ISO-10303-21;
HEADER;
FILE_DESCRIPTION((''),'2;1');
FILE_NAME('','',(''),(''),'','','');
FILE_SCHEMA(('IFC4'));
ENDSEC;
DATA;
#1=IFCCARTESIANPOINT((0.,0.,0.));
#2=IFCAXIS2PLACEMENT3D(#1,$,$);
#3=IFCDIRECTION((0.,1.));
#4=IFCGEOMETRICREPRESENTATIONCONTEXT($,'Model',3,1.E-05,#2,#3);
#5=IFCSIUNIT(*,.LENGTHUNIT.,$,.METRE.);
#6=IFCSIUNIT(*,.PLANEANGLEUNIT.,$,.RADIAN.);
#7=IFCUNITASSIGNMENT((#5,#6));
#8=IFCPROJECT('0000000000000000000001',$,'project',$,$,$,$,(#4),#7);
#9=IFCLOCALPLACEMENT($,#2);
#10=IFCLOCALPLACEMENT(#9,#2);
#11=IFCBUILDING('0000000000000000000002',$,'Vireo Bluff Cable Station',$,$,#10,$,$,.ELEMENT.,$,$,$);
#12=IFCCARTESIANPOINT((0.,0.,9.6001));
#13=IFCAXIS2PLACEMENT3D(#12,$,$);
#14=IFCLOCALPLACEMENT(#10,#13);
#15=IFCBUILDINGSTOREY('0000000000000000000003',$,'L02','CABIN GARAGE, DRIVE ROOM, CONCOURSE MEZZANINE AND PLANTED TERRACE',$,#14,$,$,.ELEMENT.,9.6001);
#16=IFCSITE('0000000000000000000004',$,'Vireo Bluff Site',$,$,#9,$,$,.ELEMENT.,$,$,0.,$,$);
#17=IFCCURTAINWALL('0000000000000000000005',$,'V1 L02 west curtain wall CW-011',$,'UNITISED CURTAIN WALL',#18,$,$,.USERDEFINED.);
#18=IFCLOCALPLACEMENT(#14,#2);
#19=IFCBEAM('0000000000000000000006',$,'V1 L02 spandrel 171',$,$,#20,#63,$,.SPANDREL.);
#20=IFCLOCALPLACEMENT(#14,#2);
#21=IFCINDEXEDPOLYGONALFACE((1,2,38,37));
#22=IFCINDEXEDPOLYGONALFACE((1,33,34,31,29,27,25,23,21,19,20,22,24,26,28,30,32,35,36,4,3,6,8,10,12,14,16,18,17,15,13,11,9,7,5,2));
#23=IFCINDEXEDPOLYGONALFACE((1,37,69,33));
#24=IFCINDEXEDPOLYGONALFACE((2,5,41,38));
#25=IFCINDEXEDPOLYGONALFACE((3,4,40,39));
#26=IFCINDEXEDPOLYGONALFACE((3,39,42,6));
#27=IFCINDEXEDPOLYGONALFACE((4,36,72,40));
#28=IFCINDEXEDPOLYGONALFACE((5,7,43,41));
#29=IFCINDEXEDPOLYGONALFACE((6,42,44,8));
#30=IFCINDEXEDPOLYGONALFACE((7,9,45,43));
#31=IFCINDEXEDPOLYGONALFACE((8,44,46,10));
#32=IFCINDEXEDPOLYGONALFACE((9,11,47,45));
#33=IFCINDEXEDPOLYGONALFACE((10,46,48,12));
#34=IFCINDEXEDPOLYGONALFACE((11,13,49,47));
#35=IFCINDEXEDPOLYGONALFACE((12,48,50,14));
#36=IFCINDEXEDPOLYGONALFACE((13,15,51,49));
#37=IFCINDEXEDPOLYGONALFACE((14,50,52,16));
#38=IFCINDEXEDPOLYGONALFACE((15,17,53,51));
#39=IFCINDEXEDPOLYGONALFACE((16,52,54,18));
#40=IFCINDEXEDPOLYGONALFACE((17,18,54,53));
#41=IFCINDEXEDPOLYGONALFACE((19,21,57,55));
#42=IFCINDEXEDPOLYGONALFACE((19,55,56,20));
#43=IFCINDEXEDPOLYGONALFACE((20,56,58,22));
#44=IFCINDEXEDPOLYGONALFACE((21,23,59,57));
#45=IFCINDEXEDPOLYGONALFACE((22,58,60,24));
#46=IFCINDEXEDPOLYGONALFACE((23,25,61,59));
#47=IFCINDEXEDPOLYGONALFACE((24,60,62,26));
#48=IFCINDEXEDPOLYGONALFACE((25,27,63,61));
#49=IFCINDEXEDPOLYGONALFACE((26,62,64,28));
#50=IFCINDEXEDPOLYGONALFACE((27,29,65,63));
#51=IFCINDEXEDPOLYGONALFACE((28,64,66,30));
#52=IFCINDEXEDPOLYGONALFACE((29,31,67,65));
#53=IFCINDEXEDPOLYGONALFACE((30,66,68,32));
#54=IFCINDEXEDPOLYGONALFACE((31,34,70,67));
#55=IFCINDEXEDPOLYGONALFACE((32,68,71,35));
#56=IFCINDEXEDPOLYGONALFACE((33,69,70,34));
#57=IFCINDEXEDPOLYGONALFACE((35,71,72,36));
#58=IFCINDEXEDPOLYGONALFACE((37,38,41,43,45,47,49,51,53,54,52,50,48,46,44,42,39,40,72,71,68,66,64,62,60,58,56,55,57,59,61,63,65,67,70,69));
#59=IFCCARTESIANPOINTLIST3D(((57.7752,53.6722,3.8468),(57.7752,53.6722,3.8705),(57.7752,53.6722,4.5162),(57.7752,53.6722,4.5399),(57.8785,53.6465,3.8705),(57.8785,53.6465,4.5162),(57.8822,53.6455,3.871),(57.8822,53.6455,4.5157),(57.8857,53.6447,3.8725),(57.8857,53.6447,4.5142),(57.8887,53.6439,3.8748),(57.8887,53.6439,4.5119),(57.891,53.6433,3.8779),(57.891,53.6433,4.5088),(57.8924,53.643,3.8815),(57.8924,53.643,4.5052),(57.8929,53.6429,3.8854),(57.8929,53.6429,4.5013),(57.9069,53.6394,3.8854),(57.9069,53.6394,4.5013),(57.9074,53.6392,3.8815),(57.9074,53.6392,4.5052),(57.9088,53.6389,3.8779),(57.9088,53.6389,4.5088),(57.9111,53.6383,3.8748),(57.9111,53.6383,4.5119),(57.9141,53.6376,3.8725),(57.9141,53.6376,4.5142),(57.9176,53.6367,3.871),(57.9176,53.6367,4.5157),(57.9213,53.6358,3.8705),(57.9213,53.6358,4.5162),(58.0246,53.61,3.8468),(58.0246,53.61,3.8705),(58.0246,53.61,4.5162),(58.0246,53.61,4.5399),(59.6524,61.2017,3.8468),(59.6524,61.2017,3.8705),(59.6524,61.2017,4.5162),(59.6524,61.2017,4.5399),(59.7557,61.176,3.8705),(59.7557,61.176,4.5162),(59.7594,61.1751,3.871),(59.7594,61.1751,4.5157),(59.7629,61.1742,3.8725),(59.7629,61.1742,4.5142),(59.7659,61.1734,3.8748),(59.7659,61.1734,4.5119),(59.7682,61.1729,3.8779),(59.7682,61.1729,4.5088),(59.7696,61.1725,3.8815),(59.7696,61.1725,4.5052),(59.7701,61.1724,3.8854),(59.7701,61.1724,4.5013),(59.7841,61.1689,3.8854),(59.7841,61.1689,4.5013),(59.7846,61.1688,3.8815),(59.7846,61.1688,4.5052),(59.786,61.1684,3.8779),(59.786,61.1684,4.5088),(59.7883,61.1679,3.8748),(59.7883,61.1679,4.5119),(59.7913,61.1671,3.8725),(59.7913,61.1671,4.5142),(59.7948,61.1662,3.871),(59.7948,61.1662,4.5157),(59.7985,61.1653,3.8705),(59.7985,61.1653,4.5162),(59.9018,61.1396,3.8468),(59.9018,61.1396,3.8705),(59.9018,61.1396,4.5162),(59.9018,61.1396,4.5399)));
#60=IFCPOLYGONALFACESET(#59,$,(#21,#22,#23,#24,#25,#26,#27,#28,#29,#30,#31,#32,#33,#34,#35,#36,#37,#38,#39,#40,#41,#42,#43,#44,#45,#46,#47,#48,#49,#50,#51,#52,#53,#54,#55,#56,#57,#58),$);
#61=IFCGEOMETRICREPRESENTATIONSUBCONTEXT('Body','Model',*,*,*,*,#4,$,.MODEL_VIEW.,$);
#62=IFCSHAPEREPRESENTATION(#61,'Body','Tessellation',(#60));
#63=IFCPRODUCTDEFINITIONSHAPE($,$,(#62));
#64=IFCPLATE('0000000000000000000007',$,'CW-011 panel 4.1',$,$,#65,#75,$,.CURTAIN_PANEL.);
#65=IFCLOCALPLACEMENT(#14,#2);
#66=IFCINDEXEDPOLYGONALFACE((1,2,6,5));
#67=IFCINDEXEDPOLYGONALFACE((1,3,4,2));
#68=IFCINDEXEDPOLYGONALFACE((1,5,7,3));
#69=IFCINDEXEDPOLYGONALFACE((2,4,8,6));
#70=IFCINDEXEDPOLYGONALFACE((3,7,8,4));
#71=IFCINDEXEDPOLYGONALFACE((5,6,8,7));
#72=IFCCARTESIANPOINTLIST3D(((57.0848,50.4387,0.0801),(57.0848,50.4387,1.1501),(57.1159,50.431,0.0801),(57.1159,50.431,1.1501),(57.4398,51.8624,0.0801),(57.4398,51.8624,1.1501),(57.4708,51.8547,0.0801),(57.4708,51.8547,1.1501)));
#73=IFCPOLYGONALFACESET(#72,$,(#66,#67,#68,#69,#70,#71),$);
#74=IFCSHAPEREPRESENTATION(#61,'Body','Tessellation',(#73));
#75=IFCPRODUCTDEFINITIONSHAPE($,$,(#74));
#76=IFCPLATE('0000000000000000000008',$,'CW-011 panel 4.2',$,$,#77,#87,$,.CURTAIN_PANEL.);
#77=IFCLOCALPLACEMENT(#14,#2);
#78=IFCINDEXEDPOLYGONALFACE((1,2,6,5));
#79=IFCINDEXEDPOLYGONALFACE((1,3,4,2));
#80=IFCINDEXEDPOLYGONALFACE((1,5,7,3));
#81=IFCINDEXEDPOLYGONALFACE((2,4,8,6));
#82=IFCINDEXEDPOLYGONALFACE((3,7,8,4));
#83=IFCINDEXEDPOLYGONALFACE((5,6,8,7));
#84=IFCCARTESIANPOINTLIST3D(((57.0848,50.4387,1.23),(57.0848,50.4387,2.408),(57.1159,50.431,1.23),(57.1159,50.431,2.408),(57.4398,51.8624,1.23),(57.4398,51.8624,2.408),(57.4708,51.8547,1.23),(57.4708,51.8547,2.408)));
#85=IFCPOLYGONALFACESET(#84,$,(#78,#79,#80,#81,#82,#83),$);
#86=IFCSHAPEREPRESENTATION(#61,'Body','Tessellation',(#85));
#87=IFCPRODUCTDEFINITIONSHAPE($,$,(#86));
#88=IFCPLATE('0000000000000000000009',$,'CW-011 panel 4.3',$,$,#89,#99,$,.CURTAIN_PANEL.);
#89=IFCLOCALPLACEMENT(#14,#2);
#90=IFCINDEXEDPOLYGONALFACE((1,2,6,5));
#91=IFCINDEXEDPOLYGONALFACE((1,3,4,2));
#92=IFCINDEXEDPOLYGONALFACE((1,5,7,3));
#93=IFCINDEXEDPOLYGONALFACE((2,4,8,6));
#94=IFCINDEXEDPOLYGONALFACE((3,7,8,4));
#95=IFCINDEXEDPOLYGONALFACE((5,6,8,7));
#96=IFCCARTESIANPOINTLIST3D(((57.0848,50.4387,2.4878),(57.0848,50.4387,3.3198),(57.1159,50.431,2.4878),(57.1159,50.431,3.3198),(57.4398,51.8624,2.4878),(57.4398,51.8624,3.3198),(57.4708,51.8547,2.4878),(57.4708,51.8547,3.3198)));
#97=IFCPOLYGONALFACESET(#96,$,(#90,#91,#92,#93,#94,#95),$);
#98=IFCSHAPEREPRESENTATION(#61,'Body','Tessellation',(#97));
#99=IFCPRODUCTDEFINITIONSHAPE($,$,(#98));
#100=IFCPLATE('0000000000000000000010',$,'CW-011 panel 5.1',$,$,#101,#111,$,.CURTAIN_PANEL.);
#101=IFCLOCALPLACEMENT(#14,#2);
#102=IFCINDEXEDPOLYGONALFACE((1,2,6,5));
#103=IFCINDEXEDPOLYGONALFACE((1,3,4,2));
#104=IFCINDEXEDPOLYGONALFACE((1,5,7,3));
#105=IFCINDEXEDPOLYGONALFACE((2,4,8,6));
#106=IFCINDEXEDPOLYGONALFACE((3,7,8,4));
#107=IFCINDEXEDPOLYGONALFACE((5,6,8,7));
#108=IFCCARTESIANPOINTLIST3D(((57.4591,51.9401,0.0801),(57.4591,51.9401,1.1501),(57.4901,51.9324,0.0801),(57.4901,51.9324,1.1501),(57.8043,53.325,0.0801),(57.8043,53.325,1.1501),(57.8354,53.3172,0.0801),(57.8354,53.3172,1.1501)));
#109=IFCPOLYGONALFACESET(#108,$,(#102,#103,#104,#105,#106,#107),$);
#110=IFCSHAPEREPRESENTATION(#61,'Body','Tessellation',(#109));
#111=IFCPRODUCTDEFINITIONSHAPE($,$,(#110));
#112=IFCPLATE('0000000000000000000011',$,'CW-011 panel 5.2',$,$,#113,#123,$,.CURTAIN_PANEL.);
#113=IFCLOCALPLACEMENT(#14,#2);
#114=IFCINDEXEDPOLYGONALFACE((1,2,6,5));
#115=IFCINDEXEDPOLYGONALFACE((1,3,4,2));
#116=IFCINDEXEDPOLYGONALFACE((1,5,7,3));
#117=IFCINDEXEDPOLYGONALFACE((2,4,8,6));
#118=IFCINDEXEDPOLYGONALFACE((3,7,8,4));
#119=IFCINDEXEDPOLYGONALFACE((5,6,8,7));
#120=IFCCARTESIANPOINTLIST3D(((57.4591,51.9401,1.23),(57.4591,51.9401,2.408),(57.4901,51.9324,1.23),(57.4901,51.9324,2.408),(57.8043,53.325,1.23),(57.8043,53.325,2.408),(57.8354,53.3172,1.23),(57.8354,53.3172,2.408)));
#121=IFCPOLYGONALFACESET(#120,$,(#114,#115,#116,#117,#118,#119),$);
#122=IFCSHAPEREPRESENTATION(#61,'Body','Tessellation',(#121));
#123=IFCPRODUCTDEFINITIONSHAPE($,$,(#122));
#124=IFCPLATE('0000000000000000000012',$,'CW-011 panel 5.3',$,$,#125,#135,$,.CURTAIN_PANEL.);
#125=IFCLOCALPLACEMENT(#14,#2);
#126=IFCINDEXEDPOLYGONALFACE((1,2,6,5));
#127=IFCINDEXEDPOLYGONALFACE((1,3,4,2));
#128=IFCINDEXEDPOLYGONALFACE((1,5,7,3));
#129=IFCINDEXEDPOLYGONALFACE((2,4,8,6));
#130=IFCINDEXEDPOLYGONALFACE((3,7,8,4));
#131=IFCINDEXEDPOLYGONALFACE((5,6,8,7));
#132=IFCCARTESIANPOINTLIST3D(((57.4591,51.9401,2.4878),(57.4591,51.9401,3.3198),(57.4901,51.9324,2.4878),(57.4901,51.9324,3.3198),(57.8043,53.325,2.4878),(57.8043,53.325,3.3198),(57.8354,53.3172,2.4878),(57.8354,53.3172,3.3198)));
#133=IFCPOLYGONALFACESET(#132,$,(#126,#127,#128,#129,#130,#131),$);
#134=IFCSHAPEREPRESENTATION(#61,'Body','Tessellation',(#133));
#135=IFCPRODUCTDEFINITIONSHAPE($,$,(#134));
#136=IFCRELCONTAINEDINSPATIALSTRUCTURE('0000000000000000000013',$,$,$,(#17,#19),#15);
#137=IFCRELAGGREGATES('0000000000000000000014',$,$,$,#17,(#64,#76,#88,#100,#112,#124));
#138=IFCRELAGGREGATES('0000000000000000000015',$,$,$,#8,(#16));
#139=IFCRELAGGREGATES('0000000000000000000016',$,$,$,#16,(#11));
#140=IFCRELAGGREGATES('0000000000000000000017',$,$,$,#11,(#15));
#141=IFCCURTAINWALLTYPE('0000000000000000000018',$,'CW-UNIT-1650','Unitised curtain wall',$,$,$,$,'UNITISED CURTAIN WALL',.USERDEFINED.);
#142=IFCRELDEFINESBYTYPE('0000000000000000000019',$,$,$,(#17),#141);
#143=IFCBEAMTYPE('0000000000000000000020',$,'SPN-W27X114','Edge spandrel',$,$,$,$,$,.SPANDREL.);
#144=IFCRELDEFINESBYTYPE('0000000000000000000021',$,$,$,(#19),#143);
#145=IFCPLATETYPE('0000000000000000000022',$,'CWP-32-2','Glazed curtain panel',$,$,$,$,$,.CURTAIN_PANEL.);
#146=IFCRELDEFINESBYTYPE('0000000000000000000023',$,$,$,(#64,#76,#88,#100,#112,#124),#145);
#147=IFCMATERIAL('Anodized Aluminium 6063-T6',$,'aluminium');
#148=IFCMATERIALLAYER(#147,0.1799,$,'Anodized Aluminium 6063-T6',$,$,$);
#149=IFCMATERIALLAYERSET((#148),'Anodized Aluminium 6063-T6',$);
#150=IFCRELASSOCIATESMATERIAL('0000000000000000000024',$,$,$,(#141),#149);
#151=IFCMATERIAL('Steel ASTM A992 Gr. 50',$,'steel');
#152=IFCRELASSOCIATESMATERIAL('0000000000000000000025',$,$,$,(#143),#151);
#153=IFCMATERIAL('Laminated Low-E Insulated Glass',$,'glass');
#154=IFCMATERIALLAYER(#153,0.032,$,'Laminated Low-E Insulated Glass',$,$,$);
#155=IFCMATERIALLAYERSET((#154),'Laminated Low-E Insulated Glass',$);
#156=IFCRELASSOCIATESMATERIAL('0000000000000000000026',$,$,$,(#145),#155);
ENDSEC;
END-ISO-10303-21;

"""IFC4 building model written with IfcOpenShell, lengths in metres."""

from ifc_helpers import new_model, si_unit, direction, frame, origin, origin_2d, place, context, subcontext, project, spatial, rectangle, i_section, extrude, material, layer, layer_set, material_profile, profile_set, type_object, element, aggregate, save


model = new_model("IFC4")

# Units and contexts
model_context = context("Model", 3, precision=1e-05, world=origin(), true_north=direction((0.0, 1.0)))
body_context = subcontext(model_context, "Body", "Model", "MODEL_VIEW")
ifc_project = project(units=[si_unit("LENGTHUNIT", "METRE"), si_unit("PLANEANGLEUNIT", "RADIAN")], contexts=[model_context])

# Site, building, storey
site_placement = place(None, origin())
site = spatial("IfcSite", under=ifc_project, at=site_placement, Name="Vireo Bluff Site", CompositionType="ELEMENT", RefElevation=0.0)
building_placement = place(site_placement, origin())
building = spatial("IfcBuilding", under=site, at=building_placement, Name="Vireo Bluff Cable Station", CompositionType="ELEMENT")
storey_placement = place(building_placement, frame((0.0, 0.0, 9.6001)))
storey = spatial("IfcBuildingStorey", under=building, at=storey_placement, Name="L02", Description="CABIN GARAGE, DRIVE ROOM, CONCOURSE MEZZANINE AND PLANTED TERRACE", CompositionType="ELEMENT", Elevation=9.6001)

# Shared definitions
ifc_material_1 = material(Name="Steel ASTM A992 Gr. 50", Category="steel")

# Shared definitions
ifc_material_2 = material(Name="Anodized Aluminium 6063-T6", Category="aluminium")

# Curtain wall
ifc_layer_1 = layer(ifc_material_2, 0.1799, Name="Anodized Aluminium 6063-T6")
ifc_layer_set_1 = layer_set([ifc_layer_1], Name="Anodized Aluminium 6063-T6")
curtain_wall_type_1 = type_object("IfcCurtainWallType", Name="CW-UNIT-1650", Description="Unitised curtain wall", ElementType="UNITISED CURTAIN WALL", PredefinedType="USERDEFINED", material=ifc_layer_set_1)
curtain_wall_1_placement = place(storey_placement, origin())
curtain_wall_1 = element("IfcCurtainWall", 1, at=curtain_wall_1_placement, inside=storey, type_object=curtain_wall_type_1, Name="V1 L02 west curtain wall CW-011", ObjectType="UNITISED CURTAIN WALL", PredefinedType="USERDEFINED")

# Beam
ifc_material_profile_1 = material_profile(ifc_material_1, i_section(OverallWidth=0.2571, OverallDepth=0.6931, WebThickness=0.0144, FlangeThickness=0.0237, FilletRadius=0.0149, at=origin_2d()), Name="W27X114")
ifc_profile_set_1 = profile_set([ifc_material_profile_1], Name="Steel ASTM A992 Gr. 50")
beam_type_1 = type_object("IfcBeamType", Name="SPN-W27X114", Description="Edge spandrel", PredefinedType="SPANDREL", material=ifc_profile_set_1)
beam_1_placement = place(storey_placement, frame((57.8999, 53.6411, 4.1934), z_axis=(0.241906, 0.9703, 0.0), x_axis=(-0.9703, 0.241906, 0.0)))
element("IfcBeam", 2, at=beam_1_placement, inside=storey, type_object=beam_type_1, Name="V1 L02 spandrel 171", PredefinedType="SPANDREL", context=body_context, shape_type="SweptSolid", body=[
    extrude(i_section(OverallWidth=0.2571, OverallDepth=0.6931, WebThickness=0.0144, FlangeThickness=0.0237, FilletRadius=0.0149, at=origin_2d()), origin(), (0.0, 0.0, 1.0), 7.76),
])

# Plates
ifc_material_3 = material(Name="Laminated Low-E Insulated Glass", Category="glass")
ifc_layer_2 = layer(ifc_material_3, 0.032, Name="Laminated Low-E Insulated Glass")
ifc_layer_set_2 = layer_set([ifc_layer_2], Name="Laminated Low-E Insulated Glass")
plate_type = type_object("IfcPlateType", Name="CWP-32-2", Description="Glazed curtain panel", PredefinedType="CURTAIN_PANEL", material=ifc_layer_set_2)
plate_1_placement = place(storey_placement, frame((57.2778, 51.1467, 0.0801), z_axis=(0.0, 0.0, 1.0), x_axis=(0.241922, 0.970296, 0.0)))
plate_1 = element("IfcPlate", 3, at=plate_1_placement, type_object=plate_type, Name="CW-011 panel 4.1", PredefinedType="CURTAIN_PANEL", context=body_context, shape_type="SweptSolid", body=[
    extrude(rectangle(XDim=1.4673, YDim=0.032, at=origin_2d()), origin(), (0.0, 0.0, 1.0), 1.0701),
])
plate_2_placement = place(storey_placement, frame((57.2778, 51.1467, 1.23), z_axis=(0.0, 0.0, 1.0), x_axis=(0.241922, 0.970296, 0.0)))
plate_2 = element("IfcPlate", 4, at=plate_2_placement, type_object=plate_type, Name="CW-011 panel 4.2", PredefinedType="CURTAIN_PANEL", context=body_context, shape_type="SweptSolid", body=[
    extrude(rectangle(XDim=1.4673, YDim=0.032, at=origin_2d()), origin(), (0.0, 0.0, 1.0), 1.178),
])
plate_3_placement = place(storey_placement, frame((57.2778, 51.1467, 2.4878), z_axis=(0.0, 0.0, 1.0), x_axis=(0.241922, 0.970296, 0.0)))
plate_3 = element("IfcPlate", 5, at=plate_3_placement, type_object=plate_type, Name="CW-011 panel 4.3", PredefinedType="CURTAIN_PANEL", context=body_context, shape_type="SweptSolid", body=[
    extrude(rectangle(XDim=1.4673, YDim=0.032, at=origin_2d()), origin(), (0.0, 0.0, 1.0), 0.832),
])
plate_4_placement = place(storey_placement, frame((57.6472, 52.6287, 0.0801), z_axis=(0.0, 0.0, 1.0), x_axis=(0.241922, 0.970296, 0.0)))
plate_4 = element("IfcPlate", 6, at=plate_4_placement, type_object=plate_type, Name="CW-011 panel 5.1", PredefinedType="CURTAIN_PANEL", context=body_context, shape_type="SweptSolid", body=[
    extrude(rectangle(XDim=1.4272, YDim=0.032, at=origin_2d()), origin(), (0.0, 0.0, 1.0), 1.0701),
])
plate_5_placement = place(storey_placement, frame((57.6472, 52.6287, 1.23), z_axis=(0.0, 0.0, 1.0), x_axis=(0.241922, 0.970296, 0.0)))
plate_5 = element("IfcPlate", 7, at=plate_5_placement, type_object=plate_type, Name="CW-011 panel 5.2", PredefinedType="CURTAIN_PANEL", context=body_context, shape_type="SweptSolid", body=[
    extrude(rectangle(XDim=1.4272, YDim=0.032, at=origin_2d()), origin(), (0.0, 0.0, 1.0), 1.178),
])
plate_6_placement = place(storey_placement, frame((57.6472, 52.6287, 2.4878), z_axis=(0.0, 0.0, 1.0), x_axis=(0.241922, 0.970296, 0.0)))
plate_6 = element("IfcPlate", 8, at=plate_6_placement, type_object=plate_type, Name="CW-011 panel 5.3", PredefinedType="CURTAIN_PANEL", context=body_context, shape_type="SweptSolid", body=[
    extrude(rectangle(XDim=1.4272, YDim=0.032, at=origin_2d()), origin(), (0.0, 0.0, 1.0), 0.832),
])
aggregate(curtain_wall_1, [plate_1, plate_2, plate_3, plate_4, plate_5, plate_6])

save(model, "model.ifc")
